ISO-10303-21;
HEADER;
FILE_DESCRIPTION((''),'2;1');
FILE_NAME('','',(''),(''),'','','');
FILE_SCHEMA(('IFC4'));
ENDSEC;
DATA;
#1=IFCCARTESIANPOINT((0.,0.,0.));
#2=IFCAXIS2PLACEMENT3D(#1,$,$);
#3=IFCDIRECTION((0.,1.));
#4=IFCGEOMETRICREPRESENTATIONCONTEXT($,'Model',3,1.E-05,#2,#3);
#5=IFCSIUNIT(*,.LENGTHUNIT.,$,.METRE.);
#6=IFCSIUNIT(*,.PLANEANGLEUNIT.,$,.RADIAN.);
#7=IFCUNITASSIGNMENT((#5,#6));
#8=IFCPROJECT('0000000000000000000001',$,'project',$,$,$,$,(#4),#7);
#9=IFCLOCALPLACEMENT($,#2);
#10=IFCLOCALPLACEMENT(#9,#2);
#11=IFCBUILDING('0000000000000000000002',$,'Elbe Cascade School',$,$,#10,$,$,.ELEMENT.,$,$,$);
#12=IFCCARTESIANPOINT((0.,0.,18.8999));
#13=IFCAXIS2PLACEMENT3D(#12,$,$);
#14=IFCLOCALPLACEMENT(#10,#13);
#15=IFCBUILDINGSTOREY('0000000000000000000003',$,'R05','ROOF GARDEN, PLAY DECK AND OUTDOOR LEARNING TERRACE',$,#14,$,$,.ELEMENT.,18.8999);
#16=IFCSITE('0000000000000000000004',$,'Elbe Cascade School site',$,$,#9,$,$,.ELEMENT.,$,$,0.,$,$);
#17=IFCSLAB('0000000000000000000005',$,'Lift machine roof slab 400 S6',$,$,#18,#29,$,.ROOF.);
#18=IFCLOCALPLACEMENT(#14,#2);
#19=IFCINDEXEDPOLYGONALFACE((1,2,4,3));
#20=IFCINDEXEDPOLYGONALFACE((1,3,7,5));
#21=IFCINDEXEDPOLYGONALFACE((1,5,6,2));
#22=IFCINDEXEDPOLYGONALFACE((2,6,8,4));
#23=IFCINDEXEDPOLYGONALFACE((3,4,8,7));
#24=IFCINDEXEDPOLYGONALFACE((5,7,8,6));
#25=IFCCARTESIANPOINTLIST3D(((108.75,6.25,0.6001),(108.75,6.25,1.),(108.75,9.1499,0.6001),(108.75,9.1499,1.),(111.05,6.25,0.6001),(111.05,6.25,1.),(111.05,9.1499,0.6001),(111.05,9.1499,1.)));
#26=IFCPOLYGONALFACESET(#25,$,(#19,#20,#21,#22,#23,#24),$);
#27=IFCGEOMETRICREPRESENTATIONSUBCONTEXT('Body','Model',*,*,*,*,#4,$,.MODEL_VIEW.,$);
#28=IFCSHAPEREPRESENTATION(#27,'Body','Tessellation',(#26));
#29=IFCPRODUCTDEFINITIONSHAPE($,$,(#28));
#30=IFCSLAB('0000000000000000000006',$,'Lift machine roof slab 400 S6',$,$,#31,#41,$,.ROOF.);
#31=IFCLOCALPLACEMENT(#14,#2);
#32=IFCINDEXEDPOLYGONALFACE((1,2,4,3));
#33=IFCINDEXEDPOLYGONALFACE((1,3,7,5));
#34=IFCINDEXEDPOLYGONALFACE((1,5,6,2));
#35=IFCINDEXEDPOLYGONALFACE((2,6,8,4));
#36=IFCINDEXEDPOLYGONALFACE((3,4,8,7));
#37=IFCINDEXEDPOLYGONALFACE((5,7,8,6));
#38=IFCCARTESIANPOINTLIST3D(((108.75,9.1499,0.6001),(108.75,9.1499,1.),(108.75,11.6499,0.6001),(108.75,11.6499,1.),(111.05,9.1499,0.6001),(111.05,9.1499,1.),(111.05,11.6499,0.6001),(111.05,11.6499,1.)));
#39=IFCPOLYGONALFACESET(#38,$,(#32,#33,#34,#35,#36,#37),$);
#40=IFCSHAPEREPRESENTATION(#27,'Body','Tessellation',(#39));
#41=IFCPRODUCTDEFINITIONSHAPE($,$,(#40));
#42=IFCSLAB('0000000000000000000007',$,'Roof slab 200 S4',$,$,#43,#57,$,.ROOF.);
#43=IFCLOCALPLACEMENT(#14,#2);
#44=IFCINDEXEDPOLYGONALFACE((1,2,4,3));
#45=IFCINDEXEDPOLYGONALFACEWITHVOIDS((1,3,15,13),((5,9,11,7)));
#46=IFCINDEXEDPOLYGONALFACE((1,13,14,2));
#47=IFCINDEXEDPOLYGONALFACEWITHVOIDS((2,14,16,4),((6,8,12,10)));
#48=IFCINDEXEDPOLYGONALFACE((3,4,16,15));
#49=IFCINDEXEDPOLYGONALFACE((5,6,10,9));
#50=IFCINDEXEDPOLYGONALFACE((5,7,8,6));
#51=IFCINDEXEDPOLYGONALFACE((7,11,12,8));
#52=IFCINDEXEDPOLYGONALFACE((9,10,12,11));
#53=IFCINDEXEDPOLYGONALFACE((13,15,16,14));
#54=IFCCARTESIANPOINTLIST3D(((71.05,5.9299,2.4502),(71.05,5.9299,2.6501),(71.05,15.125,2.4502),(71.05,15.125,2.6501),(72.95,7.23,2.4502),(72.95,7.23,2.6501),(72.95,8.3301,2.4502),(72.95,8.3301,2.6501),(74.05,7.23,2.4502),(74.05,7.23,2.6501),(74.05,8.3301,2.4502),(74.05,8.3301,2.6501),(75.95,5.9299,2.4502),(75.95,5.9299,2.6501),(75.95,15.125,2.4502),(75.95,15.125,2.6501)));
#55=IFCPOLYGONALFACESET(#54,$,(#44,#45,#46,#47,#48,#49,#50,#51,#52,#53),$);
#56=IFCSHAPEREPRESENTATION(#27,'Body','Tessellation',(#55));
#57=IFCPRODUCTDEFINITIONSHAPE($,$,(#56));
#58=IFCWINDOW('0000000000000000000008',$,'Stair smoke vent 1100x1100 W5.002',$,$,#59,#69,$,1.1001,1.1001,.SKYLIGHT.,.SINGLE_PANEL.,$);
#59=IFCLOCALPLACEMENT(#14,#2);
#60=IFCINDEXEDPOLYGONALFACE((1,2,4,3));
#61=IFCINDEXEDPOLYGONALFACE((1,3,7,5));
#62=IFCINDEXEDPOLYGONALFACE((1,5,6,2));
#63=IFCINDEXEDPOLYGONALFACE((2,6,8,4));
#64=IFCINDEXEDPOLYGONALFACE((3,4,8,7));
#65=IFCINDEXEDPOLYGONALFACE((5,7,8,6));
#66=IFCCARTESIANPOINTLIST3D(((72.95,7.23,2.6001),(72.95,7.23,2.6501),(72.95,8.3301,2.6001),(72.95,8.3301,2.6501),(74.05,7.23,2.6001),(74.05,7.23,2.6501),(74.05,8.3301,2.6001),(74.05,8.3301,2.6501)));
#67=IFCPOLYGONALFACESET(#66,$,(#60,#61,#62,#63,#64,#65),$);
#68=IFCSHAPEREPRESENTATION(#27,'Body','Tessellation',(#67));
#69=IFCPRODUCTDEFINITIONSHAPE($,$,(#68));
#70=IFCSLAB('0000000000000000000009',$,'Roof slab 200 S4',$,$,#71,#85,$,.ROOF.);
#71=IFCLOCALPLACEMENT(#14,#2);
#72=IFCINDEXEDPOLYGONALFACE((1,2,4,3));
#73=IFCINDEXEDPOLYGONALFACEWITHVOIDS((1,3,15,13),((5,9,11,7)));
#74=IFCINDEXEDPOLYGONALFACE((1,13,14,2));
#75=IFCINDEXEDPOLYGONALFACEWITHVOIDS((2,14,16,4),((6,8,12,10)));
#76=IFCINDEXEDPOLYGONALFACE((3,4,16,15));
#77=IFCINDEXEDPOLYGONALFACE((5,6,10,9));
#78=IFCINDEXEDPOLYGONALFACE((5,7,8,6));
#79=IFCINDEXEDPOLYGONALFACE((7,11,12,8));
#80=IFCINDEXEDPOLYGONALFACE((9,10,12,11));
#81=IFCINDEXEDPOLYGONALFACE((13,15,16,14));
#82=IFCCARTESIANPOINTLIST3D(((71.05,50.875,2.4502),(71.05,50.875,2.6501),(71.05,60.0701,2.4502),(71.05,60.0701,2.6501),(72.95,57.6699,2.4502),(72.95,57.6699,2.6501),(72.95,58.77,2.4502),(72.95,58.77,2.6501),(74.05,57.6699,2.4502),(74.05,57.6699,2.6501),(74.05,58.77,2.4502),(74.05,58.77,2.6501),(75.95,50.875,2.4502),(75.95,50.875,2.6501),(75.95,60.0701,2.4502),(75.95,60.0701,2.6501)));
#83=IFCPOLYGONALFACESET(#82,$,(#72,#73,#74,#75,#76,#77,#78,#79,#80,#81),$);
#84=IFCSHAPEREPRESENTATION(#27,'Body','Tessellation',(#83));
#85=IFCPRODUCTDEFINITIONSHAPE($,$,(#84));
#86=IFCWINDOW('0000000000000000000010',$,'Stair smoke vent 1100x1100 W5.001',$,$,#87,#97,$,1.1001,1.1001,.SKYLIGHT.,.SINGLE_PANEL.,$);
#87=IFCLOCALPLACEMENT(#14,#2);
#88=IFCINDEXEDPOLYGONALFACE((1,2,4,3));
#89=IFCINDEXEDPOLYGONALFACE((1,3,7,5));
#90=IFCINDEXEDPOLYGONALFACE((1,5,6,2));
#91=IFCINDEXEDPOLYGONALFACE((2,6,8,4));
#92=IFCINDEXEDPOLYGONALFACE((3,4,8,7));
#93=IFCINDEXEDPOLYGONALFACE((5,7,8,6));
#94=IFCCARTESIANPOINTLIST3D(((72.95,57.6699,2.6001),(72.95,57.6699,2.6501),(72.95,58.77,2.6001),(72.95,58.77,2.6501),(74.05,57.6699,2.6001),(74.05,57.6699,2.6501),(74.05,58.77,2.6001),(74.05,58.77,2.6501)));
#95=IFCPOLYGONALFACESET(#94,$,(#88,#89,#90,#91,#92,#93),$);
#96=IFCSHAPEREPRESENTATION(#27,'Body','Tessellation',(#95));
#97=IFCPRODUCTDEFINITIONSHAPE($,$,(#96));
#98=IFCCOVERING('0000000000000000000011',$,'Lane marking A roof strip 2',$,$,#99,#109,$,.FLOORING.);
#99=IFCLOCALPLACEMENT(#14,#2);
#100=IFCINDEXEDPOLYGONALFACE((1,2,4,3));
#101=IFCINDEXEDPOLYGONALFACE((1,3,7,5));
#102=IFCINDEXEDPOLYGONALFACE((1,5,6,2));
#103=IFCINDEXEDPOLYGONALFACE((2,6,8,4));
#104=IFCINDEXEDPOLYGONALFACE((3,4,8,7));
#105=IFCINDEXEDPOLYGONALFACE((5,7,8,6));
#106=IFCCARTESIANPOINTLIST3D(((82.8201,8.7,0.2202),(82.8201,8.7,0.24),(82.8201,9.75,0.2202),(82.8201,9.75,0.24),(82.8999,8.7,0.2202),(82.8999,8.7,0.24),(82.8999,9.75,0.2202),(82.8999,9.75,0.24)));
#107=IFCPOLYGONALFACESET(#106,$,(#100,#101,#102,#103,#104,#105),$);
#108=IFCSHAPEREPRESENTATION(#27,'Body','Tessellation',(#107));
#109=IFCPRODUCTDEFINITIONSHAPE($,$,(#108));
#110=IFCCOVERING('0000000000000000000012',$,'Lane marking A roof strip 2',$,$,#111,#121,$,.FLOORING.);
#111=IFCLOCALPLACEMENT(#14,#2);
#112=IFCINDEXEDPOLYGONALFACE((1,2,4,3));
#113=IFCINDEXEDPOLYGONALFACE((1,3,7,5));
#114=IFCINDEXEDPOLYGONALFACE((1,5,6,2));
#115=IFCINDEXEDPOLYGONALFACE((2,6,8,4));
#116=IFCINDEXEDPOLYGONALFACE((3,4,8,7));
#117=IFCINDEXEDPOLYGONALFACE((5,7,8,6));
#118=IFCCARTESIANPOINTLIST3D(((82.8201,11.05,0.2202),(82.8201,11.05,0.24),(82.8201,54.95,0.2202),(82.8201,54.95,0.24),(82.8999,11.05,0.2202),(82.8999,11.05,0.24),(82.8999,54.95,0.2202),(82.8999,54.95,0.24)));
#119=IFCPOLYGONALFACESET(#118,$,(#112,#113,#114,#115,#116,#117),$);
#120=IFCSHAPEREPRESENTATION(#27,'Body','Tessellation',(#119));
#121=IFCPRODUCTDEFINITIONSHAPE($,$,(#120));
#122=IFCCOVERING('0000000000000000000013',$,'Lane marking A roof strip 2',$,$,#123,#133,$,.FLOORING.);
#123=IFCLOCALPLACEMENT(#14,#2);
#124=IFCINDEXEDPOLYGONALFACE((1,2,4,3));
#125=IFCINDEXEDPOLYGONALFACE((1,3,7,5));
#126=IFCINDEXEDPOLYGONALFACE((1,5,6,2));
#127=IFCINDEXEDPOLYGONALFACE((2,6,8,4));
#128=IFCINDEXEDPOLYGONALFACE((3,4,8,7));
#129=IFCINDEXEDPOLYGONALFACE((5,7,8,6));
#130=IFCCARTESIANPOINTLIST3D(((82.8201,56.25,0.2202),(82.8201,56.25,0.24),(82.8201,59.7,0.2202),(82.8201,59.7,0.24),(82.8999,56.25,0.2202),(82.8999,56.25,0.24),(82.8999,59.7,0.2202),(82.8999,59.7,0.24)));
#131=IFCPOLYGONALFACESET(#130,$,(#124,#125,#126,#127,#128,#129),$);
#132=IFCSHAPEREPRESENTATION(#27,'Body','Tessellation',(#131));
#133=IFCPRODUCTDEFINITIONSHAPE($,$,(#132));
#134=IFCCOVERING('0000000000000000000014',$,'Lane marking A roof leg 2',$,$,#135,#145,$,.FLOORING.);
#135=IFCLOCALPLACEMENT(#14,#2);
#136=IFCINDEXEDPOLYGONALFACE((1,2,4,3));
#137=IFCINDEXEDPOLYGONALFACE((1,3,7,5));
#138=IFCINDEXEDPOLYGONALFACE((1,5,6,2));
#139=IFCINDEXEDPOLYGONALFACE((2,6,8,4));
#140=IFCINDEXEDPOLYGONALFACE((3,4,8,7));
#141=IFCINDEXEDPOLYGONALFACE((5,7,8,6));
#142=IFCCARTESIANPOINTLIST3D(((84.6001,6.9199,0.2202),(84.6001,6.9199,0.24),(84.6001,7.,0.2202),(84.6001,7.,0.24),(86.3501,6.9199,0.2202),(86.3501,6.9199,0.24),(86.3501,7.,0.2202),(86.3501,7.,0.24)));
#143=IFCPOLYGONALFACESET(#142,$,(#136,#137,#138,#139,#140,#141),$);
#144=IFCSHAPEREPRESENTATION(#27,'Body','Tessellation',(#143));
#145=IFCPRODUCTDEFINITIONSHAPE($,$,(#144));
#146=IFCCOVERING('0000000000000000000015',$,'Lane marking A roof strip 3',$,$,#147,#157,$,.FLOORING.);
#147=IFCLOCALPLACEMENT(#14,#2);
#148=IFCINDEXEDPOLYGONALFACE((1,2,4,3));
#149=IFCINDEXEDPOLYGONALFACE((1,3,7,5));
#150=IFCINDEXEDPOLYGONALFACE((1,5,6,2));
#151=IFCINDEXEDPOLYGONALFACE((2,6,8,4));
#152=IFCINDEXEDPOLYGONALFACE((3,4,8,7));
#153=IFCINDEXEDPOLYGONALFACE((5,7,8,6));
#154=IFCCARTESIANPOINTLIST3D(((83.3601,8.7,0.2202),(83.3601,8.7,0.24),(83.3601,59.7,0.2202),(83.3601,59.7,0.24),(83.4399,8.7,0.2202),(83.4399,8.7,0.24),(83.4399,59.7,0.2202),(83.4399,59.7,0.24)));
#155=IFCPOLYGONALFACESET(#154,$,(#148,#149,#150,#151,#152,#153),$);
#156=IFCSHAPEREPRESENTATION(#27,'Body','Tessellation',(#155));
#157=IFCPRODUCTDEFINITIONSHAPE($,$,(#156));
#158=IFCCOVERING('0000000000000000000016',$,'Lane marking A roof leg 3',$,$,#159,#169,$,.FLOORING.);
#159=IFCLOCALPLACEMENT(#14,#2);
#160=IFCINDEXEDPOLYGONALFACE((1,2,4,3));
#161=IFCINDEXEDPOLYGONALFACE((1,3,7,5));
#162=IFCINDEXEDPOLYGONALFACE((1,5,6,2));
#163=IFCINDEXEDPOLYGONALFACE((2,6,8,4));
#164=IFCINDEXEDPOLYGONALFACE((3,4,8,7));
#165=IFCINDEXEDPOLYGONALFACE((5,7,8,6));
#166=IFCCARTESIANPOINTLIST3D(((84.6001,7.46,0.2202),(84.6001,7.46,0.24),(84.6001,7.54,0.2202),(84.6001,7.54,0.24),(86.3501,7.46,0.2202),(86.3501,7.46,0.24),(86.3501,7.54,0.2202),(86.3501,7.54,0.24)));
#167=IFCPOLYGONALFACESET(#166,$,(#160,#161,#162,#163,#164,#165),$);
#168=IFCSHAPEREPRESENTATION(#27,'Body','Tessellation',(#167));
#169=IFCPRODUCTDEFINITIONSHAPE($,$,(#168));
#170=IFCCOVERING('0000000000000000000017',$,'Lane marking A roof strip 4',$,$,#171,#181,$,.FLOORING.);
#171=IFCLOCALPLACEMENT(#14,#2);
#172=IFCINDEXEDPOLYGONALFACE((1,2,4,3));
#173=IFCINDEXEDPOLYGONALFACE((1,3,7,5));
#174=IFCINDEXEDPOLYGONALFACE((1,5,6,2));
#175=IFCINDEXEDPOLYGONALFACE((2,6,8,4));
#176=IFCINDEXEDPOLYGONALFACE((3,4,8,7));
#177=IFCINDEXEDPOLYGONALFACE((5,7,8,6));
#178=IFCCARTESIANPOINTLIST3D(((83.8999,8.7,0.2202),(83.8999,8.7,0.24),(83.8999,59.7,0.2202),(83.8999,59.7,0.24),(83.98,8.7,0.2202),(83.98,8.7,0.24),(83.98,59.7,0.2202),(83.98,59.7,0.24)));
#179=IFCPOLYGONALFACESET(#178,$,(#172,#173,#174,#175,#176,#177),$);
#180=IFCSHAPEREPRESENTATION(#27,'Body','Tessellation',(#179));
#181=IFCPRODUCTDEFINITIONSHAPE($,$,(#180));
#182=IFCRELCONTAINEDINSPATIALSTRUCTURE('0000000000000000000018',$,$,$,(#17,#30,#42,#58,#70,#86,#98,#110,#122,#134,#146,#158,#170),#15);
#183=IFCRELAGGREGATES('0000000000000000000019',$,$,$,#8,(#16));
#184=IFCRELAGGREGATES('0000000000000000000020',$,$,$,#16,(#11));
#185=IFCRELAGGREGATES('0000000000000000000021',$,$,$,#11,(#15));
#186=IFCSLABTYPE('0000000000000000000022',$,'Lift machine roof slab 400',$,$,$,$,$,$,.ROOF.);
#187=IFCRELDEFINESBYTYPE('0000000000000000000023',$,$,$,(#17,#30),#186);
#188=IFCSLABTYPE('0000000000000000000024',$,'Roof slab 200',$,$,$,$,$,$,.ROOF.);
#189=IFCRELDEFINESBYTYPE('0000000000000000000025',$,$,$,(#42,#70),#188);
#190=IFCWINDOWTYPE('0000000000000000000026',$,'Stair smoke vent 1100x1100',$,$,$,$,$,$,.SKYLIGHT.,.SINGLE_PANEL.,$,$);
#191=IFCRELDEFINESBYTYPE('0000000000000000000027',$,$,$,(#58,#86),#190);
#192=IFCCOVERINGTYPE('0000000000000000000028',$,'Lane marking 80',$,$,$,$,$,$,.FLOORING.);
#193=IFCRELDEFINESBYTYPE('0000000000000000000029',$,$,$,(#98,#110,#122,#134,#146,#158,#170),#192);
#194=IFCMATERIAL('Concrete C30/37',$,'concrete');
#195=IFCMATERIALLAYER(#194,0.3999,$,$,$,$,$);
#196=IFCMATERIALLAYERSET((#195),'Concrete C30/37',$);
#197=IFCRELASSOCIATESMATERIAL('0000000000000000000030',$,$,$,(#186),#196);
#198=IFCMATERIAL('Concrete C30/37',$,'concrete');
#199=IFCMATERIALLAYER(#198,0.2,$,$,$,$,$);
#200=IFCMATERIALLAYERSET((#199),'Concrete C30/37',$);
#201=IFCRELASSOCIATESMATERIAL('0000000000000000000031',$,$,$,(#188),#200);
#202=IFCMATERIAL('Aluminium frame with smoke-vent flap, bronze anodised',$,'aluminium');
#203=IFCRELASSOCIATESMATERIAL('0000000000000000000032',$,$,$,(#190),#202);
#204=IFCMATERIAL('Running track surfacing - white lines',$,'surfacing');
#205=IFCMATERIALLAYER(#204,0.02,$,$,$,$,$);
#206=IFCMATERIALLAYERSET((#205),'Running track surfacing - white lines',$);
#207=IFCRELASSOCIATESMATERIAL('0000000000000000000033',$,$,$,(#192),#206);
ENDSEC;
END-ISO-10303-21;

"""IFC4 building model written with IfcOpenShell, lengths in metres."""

from ifc_helpers import new_model, si_unit, direction, frame, origin, origin_2d, place, context, subcontext, project, spatial, polyline, rectangle, outline, extrude, material, layer, layer_set, type_object, element, fill, save


model = new_model("IFC4")

# Units and contexts
model_context = context("Model", 3, precision=1e-05, world=origin(), true_north=direction((0.0, 1.0)))
body_context = subcontext(model_context, "Body", "Model", "MODEL_VIEW")
ifc_project = project(units=[si_unit("LENGTHUNIT", "METRE"), si_unit("PLANEANGLEUNIT", "RADIAN")], contexts=[model_context])

# Site, building, storey
site_placement = place(None, origin())
site = spatial("IfcSite", under=ifc_project, at=site_placement, Name="Elbe Cascade School site", CompositionType="ELEMENT", RefElevation=0.0)
building_placement = place(site_placement, origin())
building = spatial("IfcBuilding", under=site, at=building_placement, Name="Elbe Cascade School", CompositionType="ELEMENT")
storey_placement = place(building_placement, frame((0.0, 0.0, 18.8999)))
storey = spatial("IfcBuildingStorey", under=building, at=storey_placement, Name="R05", Description="ROOF GARDEN, PLAY DECK AND OUTDOOR LEARNING TERRACE", CompositionType="ELEMENT", Elevation=18.8999)

# Slabs
ifc_material_1 = material(Name="Concrete C30/37", Category="concrete")
ifc_layer_1 = layer(ifc_material_1, 0.3999)
ifc_layer_set_1 = layer_set([ifc_layer_1], Name="Concrete C30/37")
slab_type_1 = type_object("IfcSlabType", Name="Lift machine roof slab 400", PredefinedType="ROOF", material=ifc_layer_set_1)
slab_1_placement = place(storey_placement, frame((0.0, 0.0, 0.6001)))
element("IfcSlab", 1, at=slab_1_placement, inside=storey, type_object=slab_type_1, Name="Lift machine roof slab 400 S6", PredefinedType="ROOF", context=body_context, shape_type="SweptSolid", body=[
    extrude(outline(polyline([(108.75, 6.25), (111.05, 6.25), (111.05, 9.1499), (108.75, 9.1499), (108.75, 6.25)])), origin(), (0.0, 0.0, 1.0), 0.3999),
])
slab_2_placement = place(storey_placement, frame((0.0, 0.0, 0.6001)))
element("IfcSlab", 2, at=slab_2_placement, inside=storey, type_object=slab_type_1, Name="Lift machine roof slab 400 S6", PredefinedType="ROOF", context=body_context, shape_type="SweptSolid", body=[
    extrude(outline(polyline([(108.75, 9.1499), (111.05, 9.1499), (111.05, 11.6499), (108.75, 11.6499), (108.75, 9.1499)])), origin(), (0.0, 0.0, 1.0), 0.3999),
])

# Slabs, openings, windows
ifc_material_2 = material(Name="Concrete C30/37", Category="concrete")
ifc_layer_2 = layer(ifc_material_2, 0.2)
ifc_layer_set_2 = layer_set([ifc_layer_2], Name="Concrete C30/37")
slab_type_2 = type_object("IfcSlabType", Name="Roof slab 200", PredefinedType="ROOF", material=ifc_layer_set_2)
slab_3_placement = place(storey_placement, frame((0.0, 0.0, 2.4502)))
slab_3 = element("IfcSlab", 3, at=slab_3_placement, inside=storey, type_object=slab_type_2, Name="Roof slab 200 S4", PredefinedType="ROOF", context=body_context, shape_type="SweptSolid", body=[
    extrude(outline(polyline([(71.05, 5.9299), (75.95, 5.9299), (75.95, 15.125), (71.05, 15.125), (71.05, 5.9299)])), origin(), (0.0, 0.0, 1.0), 0.2),
])
opening_1_placement = place(slab_3_placement, frame((73.5, 7.78, 0.0)))
opening_1 = element("IfcOpeningElement", 4, at=opening_1_placement, cuts=slab_3, PredefinedType="OPENING", context=body_context, shape_type="SweptSolid", body=[
    extrude(rectangle(XDim=1.1001, YDim=1.1001, at=origin_2d()), origin(), (0.0, 0.0, 1.0), 0.2),
])
ifc_material_3 = material(Name="Aluminium frame with smoke-vent flap, bronze anodised", Category="aluminium")
window_type = type_object("IfcWindowType", Name="Stair smoke vent 1100x1100", PartitioningType="SINGLE_PANEL", PredefinedType="SKYLIGHT", material=ifc_material_3)
window_1_placement = place(opening_1_placement, frame((0.0, 0.0, 0.1499)))
window_1 = element("IfcWindow", 5, at=window_1_placement, inside=storey, type_object=window_type, Name="Stair smoke vent 1100x1100 W5.002", OverallHeight=1.1001, OverallWidth=1.1001, PartitioningType="SINGLE_PANEL", PredefinedType="SKYLIGHT", context=body_context, shape_type="SweptSolid", body=[
    extrude(rectangle(XDim=1.1001, YDim=1.1001, at=origin_2d()), origin(), (0.0, 0.0, 1.0), 0.05),
])
fill(opening_1, window_1)
slab_4_placement = place(storey_placement, frame((0.0, 0.0, 2.4502)))
slab_4 = element("IfcSlab", 6, at=slab_4_placement, inside=storey, type_object=slab_type_2, Name="Roof slab 200 S4", PredefinedType="ROOF", context=body_context, shape_type="SweptSolid", body=[
    extrude(outline(polyline([(71.05, 50.875), (75.95, 50.875), (75.95, 60.0701), (71.05, 60.0701), (71.05, 50.875)])), origin(), (0.0, 0.0, 1.0), 0.2),
])
opening_2_placement = place(slab_4_placement, frame((73.5, 58.22, 0.0)))
opening_2 = element("IfcOpeningElement", 7, at=opening_2_placement, cuts=slab_4, PredefinedType="OPENING", context=body_context, shape_type="SweptSolid", body=[
    extrude(rectangle(XDim=1.1001, YDim=1.1001, at=origin_2d()), origin(), (0.0, 0.0, 1.0), 0.2),
])
window_2_placement = place(opening_2_placement, frame((0.0, 0.0, 0.1499)))
window_2 = element("IfcWindow", 8, at=window_2_placement, inside=storey, type_object=window_type, Name="Stair smoke vent 1100x1100 W5.001", OverallHeight=1.1001, OverallWidth=1.1001, PartitioningType="SINGLE_PANEL", PredefinedType="SKYLIGHT", context=body_context, shape_type="SweptSolid", body=[
    extrude(rectangle(XDim=1.1001, YDim=1.1001, at=origin_2d()), origin(), (0.0, 0.0, 1.0), 0.05),
])
fill(opening_2, window_2)

# Coverings
ifc_material_4 = material(Name="Running track surfacing - white lines", Category="surfacing")
ifc_layer_3 = layer(ifc_material_4, 0.02)
ifc_layer_set_3 = layer_set([ifc_layer_3], Name="Running track surfacing - white lines")
covering_type_1 = type_object("IfcCoveringType", Name="Lane marking 80", PredefinedType="FLOORING", material=ifc_layer_set_3)
covering_1_placement = place(storey_placement, frame((0.0, 0.0, 0.2202)))
element("IfcCovering", 9, at=covering_1_placement, inside=storey, type_object=covering_type_1, Name="Lane marking A roof strip 2", PredefinedType="FLOORING", context=body_context, shape_type="SweptSolid", body=[
    extrude(outline(polyline([(82.8201, 8.7), (82.8201, 9.75), (82.8999, 9.75), (82.8999, 8.7), (82.8201, 8.7)])), origin(), (0.0, 0.0, 1.0), 0.0198),
])
covering_2_placement = place(storey_placement, frame((0.0, 0.0, 0.2202)))
element("IfcCovering", 10, at=covering_2_placement, inside=storey, type_object=covering_type_1, Name="Lane marking A roof strip 2", PredefinedType="FLOORING", context=body_context, shape_type="SweptSolid", body=[
    extrude(outline(polyline([(82.8999, 11.05), (82.8201, 11.05), (82.8201, 54.95), (82.8999, 54.95), (82.8999, 11.05)])), origin(), (0.0, 0.0, 1.0), 0.0198),
])
covering_3_placement = place(storey_placement, frame((0.0, 0.0, 0.2202)))
element("IfcCovering", 11, at=covering_3_placement, inside=storey, type_object=covering_type_1, Name="Lane marking A roof strip 2", PredefinedType="FLOORING", context=body_context, shape_type="SweptSolid", body=[
    extrude(outline(polyline([(82.8999, 59.7), (82.8999, 56.25), (82.8201, 56.25), (82.8201, 59.7), (82.8999, 59.7)])), origin(), (0.0, 0.0, 1.0), 0.0198),
])
covering_4_placement = place(storey_placement, frame((0.0, 0.0, 0.2202)))
element("IfcCovering", 12, at=covering_4_placement, inside=storey, type_object=covering_type_1, Name="Lane marking A roof leg 2", PredefinedType="FLOORING", context=body_context, shape_type="SweptSolid", body=[
    extrude(outline(polyline([(84.6001, 6.9199), (86.3501, 6.9199), (86.3501, 7.0), (84.6001, 7.0), (84.6001, 6.9199)])), origin(), (0.0, 0.0, 1.0), 0.0198),
])
covering_5_placement = place(storey_placement, frame((0.0, 0.0, 0.2202)))
element("IfcCovering", 13, at=covering_5_placement, inside=storey, type_object=covering_type_1, Name="Lane marking A roof strip 3", PredefinedType="FLOORING", context=body_context, shape_type="SweptSolid", body=[
    extrude(outline(polyline([(83.4399, 59.7), (83.4399, 8.7), (83.3601, 8.7), (83.3601, 59.7), (83.4399, 59.7)])), origin(), (0.0, 0.0, 1.0), 0.0198),
])
covering_6_placement = place(storey_placement, frame((0.0, 0.0, 0.2202)))
element("IfcCovering", 14, at=covering_6_placement, inside=storey, type_object=covering_type_1, Name="Lane marking A roof leg 3", PredefinedType="FLOORING", context=body_context, shape_type="SweptSolid", body=[
    extrude(outline(polyline([(84.6001, 7.46), (86.3501, 7.46), (86.3501, 7.54), (84.6001, 7.54), (84.6001, 7.46)])), origin(), (0.0, 0.0, 1.0), 0.0198),
])
covering_7_placement = place(storey_placement, frame((0.0, 0.0, 0.2202)))
element("IfcCovering", 15, at=covering_7_placement, inside=storey, type_object=covering_type_1, Name="Lane marking A roof strip 4", PredefinedType="FLOORING", context=body_context, shape_type="SweptSolid", body=[
    extrude(outline(polyline([(83.98, 59.7), (83.98, 8.7), (83.8999, 8.7), (83.8999, 59.7), (83.98, 59.7)])), origin(), (0.0, 0.0, 1.0), 0.0198),
])

save(model, "model.ifc")
